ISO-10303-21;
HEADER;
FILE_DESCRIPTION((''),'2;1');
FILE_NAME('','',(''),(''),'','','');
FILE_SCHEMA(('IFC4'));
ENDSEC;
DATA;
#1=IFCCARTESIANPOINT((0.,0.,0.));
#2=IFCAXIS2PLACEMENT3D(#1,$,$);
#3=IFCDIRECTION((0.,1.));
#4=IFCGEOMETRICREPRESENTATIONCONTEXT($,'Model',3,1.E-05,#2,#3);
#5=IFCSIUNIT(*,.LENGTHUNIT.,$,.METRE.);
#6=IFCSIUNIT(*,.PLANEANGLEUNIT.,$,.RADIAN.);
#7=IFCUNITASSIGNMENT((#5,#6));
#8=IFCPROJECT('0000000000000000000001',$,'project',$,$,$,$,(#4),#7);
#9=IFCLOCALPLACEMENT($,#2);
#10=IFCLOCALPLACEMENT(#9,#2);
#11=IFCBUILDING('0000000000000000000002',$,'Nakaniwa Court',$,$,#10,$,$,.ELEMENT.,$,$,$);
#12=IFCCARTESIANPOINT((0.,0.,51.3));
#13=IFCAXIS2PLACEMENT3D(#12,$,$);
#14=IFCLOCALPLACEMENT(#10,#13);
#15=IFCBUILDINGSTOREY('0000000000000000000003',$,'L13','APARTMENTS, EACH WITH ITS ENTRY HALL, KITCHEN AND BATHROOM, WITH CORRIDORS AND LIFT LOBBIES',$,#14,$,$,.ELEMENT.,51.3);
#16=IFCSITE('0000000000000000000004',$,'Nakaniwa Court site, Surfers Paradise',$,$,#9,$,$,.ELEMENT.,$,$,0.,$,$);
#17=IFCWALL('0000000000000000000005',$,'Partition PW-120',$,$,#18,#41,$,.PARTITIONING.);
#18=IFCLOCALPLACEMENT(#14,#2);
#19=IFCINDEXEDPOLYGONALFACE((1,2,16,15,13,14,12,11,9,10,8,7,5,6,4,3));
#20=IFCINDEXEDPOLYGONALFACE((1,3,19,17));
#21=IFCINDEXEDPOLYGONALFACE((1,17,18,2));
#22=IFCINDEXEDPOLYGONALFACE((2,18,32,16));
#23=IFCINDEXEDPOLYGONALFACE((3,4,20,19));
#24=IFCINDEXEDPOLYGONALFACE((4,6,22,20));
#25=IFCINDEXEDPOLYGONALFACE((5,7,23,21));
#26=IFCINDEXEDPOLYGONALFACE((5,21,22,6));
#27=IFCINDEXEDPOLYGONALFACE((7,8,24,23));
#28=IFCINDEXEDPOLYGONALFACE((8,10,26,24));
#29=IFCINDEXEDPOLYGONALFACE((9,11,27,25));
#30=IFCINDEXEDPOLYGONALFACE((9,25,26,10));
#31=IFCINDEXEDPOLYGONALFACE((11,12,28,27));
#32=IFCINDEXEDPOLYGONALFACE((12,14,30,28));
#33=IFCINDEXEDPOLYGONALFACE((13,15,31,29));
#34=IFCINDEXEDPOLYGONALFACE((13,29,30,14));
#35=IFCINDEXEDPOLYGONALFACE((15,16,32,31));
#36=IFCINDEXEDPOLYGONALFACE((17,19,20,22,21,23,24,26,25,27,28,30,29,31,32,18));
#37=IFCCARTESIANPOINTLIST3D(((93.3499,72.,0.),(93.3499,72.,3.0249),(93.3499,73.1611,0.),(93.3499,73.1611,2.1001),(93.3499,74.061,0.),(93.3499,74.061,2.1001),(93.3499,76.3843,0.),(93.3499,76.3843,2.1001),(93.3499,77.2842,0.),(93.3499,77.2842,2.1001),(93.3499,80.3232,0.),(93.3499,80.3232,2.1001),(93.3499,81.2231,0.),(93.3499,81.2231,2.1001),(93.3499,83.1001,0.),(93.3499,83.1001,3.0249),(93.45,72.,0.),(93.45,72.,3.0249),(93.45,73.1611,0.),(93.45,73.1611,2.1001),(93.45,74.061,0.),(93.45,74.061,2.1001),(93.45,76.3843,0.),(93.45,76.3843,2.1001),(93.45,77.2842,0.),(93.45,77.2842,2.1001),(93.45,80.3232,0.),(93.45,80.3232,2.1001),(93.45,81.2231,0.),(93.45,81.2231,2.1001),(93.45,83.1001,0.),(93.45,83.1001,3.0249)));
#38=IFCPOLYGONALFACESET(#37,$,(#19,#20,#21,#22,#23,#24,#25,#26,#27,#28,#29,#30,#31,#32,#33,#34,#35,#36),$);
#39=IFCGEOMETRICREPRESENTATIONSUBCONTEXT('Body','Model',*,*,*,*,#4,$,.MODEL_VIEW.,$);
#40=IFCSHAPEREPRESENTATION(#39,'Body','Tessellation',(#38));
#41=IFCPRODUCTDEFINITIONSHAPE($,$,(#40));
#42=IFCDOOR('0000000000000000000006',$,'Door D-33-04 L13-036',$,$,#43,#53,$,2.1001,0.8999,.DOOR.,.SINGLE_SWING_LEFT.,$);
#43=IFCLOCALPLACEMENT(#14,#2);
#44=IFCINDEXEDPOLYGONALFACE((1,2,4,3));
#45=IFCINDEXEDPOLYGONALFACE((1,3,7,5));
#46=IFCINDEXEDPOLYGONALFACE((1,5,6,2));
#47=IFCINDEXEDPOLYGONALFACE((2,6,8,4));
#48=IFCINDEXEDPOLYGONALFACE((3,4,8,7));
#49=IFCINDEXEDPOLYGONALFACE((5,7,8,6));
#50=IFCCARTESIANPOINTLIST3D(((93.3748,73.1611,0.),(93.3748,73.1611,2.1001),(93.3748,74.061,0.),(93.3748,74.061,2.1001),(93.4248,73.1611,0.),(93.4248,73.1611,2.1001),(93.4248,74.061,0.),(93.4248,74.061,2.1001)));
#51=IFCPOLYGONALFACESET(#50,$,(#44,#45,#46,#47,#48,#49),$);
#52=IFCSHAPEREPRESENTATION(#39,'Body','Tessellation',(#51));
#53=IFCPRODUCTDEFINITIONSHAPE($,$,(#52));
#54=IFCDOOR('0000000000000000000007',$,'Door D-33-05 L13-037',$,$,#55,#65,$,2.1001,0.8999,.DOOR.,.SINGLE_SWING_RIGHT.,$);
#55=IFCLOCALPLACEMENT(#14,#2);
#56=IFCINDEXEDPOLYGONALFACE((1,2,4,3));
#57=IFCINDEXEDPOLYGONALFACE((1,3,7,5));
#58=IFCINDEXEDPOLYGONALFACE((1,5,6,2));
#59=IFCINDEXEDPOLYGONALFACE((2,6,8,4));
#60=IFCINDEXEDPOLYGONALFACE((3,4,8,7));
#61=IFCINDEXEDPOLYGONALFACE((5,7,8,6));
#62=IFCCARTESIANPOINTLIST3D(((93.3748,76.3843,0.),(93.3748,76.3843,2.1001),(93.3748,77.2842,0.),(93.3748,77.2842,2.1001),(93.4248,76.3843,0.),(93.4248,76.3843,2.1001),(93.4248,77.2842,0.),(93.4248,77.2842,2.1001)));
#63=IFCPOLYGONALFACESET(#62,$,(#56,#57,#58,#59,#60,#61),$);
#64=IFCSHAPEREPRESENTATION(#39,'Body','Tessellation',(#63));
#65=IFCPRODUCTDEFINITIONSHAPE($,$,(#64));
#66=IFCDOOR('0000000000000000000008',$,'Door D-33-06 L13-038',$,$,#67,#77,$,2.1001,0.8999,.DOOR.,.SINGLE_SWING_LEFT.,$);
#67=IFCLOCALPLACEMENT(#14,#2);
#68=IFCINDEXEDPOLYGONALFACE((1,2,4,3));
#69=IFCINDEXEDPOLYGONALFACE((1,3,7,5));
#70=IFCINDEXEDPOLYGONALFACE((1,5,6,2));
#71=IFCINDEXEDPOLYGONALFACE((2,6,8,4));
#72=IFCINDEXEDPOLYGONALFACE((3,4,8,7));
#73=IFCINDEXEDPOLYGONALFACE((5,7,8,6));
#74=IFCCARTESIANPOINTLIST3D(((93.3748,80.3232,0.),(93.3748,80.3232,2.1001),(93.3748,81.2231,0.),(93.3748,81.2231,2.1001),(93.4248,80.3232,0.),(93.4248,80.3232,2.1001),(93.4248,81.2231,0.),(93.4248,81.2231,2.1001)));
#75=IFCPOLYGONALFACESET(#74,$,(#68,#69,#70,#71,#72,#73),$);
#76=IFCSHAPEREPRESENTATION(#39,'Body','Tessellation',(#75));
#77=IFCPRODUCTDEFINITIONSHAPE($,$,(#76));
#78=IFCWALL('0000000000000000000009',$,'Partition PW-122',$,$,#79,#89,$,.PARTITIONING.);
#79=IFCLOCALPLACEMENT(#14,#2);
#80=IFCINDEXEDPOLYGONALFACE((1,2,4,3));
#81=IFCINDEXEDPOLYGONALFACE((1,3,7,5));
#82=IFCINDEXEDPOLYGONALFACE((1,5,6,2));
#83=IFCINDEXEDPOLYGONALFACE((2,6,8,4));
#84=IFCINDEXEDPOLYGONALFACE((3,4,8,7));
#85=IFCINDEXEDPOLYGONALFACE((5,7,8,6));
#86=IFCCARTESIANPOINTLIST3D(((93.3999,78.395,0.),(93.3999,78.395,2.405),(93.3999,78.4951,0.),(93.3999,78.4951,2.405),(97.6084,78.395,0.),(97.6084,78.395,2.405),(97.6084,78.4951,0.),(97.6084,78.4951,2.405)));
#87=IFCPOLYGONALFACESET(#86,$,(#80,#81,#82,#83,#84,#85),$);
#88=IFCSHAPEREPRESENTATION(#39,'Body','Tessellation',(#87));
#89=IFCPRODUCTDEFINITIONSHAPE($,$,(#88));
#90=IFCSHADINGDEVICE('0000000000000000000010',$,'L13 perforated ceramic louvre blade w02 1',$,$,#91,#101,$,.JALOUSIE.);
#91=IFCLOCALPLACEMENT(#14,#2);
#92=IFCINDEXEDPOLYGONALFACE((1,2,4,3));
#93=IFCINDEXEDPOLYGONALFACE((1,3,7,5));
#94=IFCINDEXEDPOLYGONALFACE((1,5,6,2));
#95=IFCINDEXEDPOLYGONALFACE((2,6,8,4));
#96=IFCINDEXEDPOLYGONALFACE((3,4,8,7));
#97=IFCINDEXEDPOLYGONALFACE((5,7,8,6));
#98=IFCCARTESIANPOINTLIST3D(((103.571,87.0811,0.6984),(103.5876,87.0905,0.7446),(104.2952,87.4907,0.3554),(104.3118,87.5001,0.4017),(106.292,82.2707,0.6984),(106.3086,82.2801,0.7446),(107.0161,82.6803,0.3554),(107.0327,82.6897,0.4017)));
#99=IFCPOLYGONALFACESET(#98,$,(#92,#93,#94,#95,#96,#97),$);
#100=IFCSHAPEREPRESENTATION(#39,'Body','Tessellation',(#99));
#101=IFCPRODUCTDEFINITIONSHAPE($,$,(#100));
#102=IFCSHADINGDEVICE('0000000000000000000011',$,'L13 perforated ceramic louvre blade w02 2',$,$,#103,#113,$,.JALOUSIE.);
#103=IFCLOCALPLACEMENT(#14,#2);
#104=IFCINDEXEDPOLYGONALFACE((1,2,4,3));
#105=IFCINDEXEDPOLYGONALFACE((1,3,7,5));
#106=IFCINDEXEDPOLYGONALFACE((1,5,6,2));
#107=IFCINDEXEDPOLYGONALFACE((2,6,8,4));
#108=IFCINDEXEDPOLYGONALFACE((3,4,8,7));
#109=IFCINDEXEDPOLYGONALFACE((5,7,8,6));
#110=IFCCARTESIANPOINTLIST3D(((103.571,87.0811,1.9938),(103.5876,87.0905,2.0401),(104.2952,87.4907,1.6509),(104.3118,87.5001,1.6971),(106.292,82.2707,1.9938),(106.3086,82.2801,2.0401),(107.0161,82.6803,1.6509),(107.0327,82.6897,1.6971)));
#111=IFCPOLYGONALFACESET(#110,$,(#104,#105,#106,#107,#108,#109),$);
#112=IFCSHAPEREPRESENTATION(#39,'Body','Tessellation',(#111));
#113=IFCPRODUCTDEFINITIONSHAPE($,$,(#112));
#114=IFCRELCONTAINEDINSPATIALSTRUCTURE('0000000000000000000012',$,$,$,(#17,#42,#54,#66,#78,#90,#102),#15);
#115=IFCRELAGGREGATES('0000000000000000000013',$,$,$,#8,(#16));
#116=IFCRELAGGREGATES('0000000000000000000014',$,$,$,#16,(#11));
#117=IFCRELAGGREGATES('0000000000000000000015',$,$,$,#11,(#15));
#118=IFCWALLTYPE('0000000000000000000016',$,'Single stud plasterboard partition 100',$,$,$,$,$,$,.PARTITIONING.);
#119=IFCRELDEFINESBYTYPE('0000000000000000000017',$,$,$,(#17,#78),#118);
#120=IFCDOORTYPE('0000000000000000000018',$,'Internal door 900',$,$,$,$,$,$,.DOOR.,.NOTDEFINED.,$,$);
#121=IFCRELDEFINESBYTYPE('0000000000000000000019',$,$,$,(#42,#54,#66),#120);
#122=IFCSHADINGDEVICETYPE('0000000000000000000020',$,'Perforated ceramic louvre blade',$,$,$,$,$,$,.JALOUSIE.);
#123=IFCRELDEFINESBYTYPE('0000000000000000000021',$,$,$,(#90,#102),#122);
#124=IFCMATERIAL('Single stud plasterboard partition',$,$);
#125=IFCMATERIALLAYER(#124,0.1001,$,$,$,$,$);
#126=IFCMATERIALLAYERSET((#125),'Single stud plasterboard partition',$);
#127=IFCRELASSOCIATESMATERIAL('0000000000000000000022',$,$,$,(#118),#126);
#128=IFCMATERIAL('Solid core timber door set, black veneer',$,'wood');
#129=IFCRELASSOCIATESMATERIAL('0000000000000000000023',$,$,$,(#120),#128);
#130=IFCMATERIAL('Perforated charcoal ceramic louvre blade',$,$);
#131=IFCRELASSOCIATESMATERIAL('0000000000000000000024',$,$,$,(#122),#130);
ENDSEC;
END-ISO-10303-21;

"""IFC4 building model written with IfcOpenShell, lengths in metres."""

from ifc_helpers import new_model, si_unit, direction, frame, frame_2d, origin, origin_2d, place, context, subcontext, project, spatial, rectangle, extrude, material, layer, layer_set, material_profile, profile_set, type_object, element, fill, save


model = new_model("IFC4")

# Units and contexts
model_context = context("Model", 3, precision=1e-05, world=origin(), true_north=direction((0.0, 1.0)))
body_context = subcontext(model_context, "Body", "Model", "MODEL_VIEW")
ifc_project = project(units=[si_unit("LENGTHUNIT", "METRE"), si_unit("PLANEANGLEUNIT", "RADIAN")], contexts=[model_context])

# Site, building, storey
site_placement = place(None, origin())
site = spatial("IfcSite", under=ifc_project, at=site_placement, Name="Nakaniwa Court site, Surfers Paradise", CompositionType="ELEMENT", RefElevation=0.0)
building_placement = place(site_placement, origin())
building = spatial("IfcBuilding", under=site, at=building_placement, Name="Nakaniwa Court", CompositionType="ELEMENT")
storey_placement = place(building_placement, frame((0.0, 0.0, 51.3)))
storey = spatial("IfcBuildingStorey", under=building, at=storey_placement, Name="L13", Description="APARTMENTS, EACH WITH ITS ENTRY HALL, KITCHEN AND BATHROOM, WITH CORRIDORS AND LIFT LOBBIES", CompositionType="ELEMENT", Elevation=51.3)

# Shared definitions
ifc_material_1 = material(Name="Single stud plasterboard partition")
ifc_layer_1 = layer(ifc_material_1, 0.1001)
ifc_layer_set_1 = layer_set([ifc_layer_1], Name="Single stud plasterboard partition")
wall_type_1 = type_object("IfcWallType", Name="Single stud plasterboard partition 100", PredefinedType="PARTITIONING", material=ifc_layer_set_1)

# Wall, openings, doors
wall_1_placement = place(storey_placement, frame((93.3999, 83.1001, 0.0), z_axis=(0.0, 0.0, 1.0), x_axis=(0.0, -1.0, 0.0)))
wall_1 = element("IfcWall", 1, at=wall_1_placement, inside=storey, type_object=wall_type_1, Name="Partition PW-120", PredefinedType="PARTITIONING", context=body_context, shape_type="SweptSolid", body=[
    extrude(rectangle(XDim=11.1001, YDim=0.1001, at=frame_2d((5.55, 0.0))), origin(), (0.0, 0.0, 1.0), 3.0249),
])
opening_1_placement = place(wall_1_placement, frame((9.0391, 0.0, 0.0)))
opening_1 = element("IfcOpeningElement", 2, at=opening_1_placement, cuts=wall_1, PredefinedType="OPENING", context=body_context, shape_type="SweptSolid", body=[
    extrude(rectangle(XDim=0.8999, YDim=2.1001, at=frame_2d((0.45, 1.05))), frame((0.0, 0.0601, 0.0), z_axis=(0.0, -1.0, 0.0), x_axis=(1.0, 0.0, 0.0)), (0.0, 0.0, 1.0), 0.1201),
])
opening_2_placement = place(wall_1_placement, frame((5.8159, 0.0, 0.0)))
opening_2 = element("IfcOpeningElement", 3, at=opening_2_placement, cuts=wall_1, PredefinedType="OPENING", context=body_context, shape_type="SweptSolid", body=[
    extrude(rectangle(XDim=0.8999, YDim=2.1001, at=frame_2d((0.45, 1.05))), frame((0.0, 0.0601, 0.0), z_axis=(0.0, -1.0, 0.0), x_axis=(1.0, 0.0, 0.0)), (0.0, 0.0, 1.0), 0.1201),
])
opening_3_placement = place(wall_1_placement, frame((1.877, 0.0, 0.0)))
opening_3 = element("IfcOpeningElement", 4, at=opening_3_placement, cuts=wall_1, PredefinedType="OPENING", context=body_context, shape_type="SweptSolid", body=[
    extrude(rectangle(XDim=0.8999, YDim=2.1001, at=frame_2d((0.45, 1.05))), frame((0.0, 0.0601, 0.0), z_axis=(0.0, -1.0, 0.0), x_axis=(1.0, 0.0, 0.0)), (0.0, 0.0, 1.0), 0.1201),
])
ifc_material_2 = material(Name="Solid core timber door set, black veneer", Category="wood")
door_type = type_object("IfcDoorType", Name="Internal door 900", OperationType="NOTDEFINED", PredefinedType="DOOR", material=ifc_material_2)
door_1_placement = place(opening_1_placement, origin())
door_1 = element("IfcDoor", 5, at=door_1_placement, inside=storey, type_object=door_type, Name="Door D-33-04 L13-036", OperationType="SINGLE_SWING_LEFT", OverallHeight=2.1001, OverallWidth=0.8999, PredefinedType="DOOR", context=body_context, shape_type="SweptSolid", body=[
    extrude(rectangle(XDim=0.8999, YDim=2.1001, at=frame_2d((0.45, 1.05))), frame((0.0, 0.0249, 0.0), z_axis=(0.0, -1.0, 0.0), x_axis=(1.0, 0.0, 0.0)), (0.0, 0.0, 1.0), 0.05),
])
fill(opening_1, door_1)
door_2_placement = place(opening_2_placement, origin())
door_2 = element("IfcDoor", 6, at=door_2_placement, inside=storey, type_object=door_type, Name="Door D-33-05 L13-037", OperationType="SINGLE_SWING_RIGHT", OverallHeight=2.1001, OverallWidth=0.8999, PredefinedType="DOOR", context=body_context, shape_type="SweptSolid", body=[
    extrude(rectangle(XDim=0.8999, YDim=2.1001, at=frame_2d((0.45, 1.05))), frame((0.0, 0.0249, 0.0), z_axis=(0.0, -1.0, 0.0), x_axis=(1.0, 0.0, 0.0)), (0.0, 0.0, 1.0), 0.05),
])
fill(opening_2, door_2)
door_3_placement = place(opening_3_placement, origin())
door_3 = element("IfcDoor", 7, at=door_3_placement, inside=storey, type_object=door_type, Name="Door D-33-06 L13-038", OperationType="SINGLE_SWING_LEFT", OverallHeight=2.1001, OverallWidth=0.8999, PredefinedType="DOOR", context=body_context, shape_type="SweptSolid", body=[
    extrude(rectangle(XDim=0.8999, YDim=2.1001, at=frame_2d((0.45, 1.05))), frame((0.0, 0.0249, 0.0), z_axis=(0.0, -1.0, 0.0), x_axis=(1.0, 0.0, 0.0)), (0.0, 0.0, 1.0), 0.05),
])
fill(opening_3, door_3)

# Wall
wall_2_placement = place(storey_placement, frame((93.3999, 78.4451, 0.0), z_axis=(0.0, 0.0, 1.0), x_axis=(1.0, 0.0, 0.0)))
element("IfcWall", 8, at=wall_2_placement, inside=storey, type_object=wall_type_1, Name="Partition PW-122", PredefinedType="PARTITIONING", context=body_context, shape_type="SweptSolid", body=[
    extrude(rectangle(XDim=4.2085, YDim=0.1001, at=frame_2d((2.1042, 0.0))), origin(), (0.0, 0.0, 1.0), 2.405),
])

# Shading devices
ifc_material_3 = material(Name="Perforated charcoal ceramic louvre blade")
ifc_material_profile_1 = material_profile(ifc_material_3, rectangle(XDim=0.8999, YDim=0.05, at=origin_2d()), Name="Perforated ceramic louvre blade")
ifc_profile_set_1 = profile_set([ifc_material_profile_1], Name="Perforated charcoal ceramic louvre blade")
shading_device_type = type_object("IfcShadingDeviceType", Name="Perforated ceramic louvre blade", PredefinedType="JALOUSIE", material=ifc_profile_set_1)
for number, where, z_axis, x_axis, name in (
    (9, (106.6624, 82.4802, 0.55), (-0.492343, 0.870402, 0.0), (-0.804726, -0.455193, 0.38107), "L13 perforated ceramic louvre blade w02 1"),
    (10, (106.6624, 82.4802, 1.8455), (-0.492343, 0.870402, 0.0), (-0.804726, -0.455193, 0.38107), "L13 perforated ceramic louvre blade w02 2"),
):
    element("IfcShadingDevice", number, at=place(storey_placement, frame(where, z_axis=z_axis, x_axis=x_axis)), inside=storey, type_object=shading_device_type, Name=name, PredefinedType="JALOUSIE", context=body_context, shape_type="SweptSolid", body=[
        extrude(rectangle(XDim=0.8999, YDim=0.05, at=origin_2d()), origin(), (0.0, 0.0, 1.0), 5.5266),
    ])

save(model, "model.ifc")
